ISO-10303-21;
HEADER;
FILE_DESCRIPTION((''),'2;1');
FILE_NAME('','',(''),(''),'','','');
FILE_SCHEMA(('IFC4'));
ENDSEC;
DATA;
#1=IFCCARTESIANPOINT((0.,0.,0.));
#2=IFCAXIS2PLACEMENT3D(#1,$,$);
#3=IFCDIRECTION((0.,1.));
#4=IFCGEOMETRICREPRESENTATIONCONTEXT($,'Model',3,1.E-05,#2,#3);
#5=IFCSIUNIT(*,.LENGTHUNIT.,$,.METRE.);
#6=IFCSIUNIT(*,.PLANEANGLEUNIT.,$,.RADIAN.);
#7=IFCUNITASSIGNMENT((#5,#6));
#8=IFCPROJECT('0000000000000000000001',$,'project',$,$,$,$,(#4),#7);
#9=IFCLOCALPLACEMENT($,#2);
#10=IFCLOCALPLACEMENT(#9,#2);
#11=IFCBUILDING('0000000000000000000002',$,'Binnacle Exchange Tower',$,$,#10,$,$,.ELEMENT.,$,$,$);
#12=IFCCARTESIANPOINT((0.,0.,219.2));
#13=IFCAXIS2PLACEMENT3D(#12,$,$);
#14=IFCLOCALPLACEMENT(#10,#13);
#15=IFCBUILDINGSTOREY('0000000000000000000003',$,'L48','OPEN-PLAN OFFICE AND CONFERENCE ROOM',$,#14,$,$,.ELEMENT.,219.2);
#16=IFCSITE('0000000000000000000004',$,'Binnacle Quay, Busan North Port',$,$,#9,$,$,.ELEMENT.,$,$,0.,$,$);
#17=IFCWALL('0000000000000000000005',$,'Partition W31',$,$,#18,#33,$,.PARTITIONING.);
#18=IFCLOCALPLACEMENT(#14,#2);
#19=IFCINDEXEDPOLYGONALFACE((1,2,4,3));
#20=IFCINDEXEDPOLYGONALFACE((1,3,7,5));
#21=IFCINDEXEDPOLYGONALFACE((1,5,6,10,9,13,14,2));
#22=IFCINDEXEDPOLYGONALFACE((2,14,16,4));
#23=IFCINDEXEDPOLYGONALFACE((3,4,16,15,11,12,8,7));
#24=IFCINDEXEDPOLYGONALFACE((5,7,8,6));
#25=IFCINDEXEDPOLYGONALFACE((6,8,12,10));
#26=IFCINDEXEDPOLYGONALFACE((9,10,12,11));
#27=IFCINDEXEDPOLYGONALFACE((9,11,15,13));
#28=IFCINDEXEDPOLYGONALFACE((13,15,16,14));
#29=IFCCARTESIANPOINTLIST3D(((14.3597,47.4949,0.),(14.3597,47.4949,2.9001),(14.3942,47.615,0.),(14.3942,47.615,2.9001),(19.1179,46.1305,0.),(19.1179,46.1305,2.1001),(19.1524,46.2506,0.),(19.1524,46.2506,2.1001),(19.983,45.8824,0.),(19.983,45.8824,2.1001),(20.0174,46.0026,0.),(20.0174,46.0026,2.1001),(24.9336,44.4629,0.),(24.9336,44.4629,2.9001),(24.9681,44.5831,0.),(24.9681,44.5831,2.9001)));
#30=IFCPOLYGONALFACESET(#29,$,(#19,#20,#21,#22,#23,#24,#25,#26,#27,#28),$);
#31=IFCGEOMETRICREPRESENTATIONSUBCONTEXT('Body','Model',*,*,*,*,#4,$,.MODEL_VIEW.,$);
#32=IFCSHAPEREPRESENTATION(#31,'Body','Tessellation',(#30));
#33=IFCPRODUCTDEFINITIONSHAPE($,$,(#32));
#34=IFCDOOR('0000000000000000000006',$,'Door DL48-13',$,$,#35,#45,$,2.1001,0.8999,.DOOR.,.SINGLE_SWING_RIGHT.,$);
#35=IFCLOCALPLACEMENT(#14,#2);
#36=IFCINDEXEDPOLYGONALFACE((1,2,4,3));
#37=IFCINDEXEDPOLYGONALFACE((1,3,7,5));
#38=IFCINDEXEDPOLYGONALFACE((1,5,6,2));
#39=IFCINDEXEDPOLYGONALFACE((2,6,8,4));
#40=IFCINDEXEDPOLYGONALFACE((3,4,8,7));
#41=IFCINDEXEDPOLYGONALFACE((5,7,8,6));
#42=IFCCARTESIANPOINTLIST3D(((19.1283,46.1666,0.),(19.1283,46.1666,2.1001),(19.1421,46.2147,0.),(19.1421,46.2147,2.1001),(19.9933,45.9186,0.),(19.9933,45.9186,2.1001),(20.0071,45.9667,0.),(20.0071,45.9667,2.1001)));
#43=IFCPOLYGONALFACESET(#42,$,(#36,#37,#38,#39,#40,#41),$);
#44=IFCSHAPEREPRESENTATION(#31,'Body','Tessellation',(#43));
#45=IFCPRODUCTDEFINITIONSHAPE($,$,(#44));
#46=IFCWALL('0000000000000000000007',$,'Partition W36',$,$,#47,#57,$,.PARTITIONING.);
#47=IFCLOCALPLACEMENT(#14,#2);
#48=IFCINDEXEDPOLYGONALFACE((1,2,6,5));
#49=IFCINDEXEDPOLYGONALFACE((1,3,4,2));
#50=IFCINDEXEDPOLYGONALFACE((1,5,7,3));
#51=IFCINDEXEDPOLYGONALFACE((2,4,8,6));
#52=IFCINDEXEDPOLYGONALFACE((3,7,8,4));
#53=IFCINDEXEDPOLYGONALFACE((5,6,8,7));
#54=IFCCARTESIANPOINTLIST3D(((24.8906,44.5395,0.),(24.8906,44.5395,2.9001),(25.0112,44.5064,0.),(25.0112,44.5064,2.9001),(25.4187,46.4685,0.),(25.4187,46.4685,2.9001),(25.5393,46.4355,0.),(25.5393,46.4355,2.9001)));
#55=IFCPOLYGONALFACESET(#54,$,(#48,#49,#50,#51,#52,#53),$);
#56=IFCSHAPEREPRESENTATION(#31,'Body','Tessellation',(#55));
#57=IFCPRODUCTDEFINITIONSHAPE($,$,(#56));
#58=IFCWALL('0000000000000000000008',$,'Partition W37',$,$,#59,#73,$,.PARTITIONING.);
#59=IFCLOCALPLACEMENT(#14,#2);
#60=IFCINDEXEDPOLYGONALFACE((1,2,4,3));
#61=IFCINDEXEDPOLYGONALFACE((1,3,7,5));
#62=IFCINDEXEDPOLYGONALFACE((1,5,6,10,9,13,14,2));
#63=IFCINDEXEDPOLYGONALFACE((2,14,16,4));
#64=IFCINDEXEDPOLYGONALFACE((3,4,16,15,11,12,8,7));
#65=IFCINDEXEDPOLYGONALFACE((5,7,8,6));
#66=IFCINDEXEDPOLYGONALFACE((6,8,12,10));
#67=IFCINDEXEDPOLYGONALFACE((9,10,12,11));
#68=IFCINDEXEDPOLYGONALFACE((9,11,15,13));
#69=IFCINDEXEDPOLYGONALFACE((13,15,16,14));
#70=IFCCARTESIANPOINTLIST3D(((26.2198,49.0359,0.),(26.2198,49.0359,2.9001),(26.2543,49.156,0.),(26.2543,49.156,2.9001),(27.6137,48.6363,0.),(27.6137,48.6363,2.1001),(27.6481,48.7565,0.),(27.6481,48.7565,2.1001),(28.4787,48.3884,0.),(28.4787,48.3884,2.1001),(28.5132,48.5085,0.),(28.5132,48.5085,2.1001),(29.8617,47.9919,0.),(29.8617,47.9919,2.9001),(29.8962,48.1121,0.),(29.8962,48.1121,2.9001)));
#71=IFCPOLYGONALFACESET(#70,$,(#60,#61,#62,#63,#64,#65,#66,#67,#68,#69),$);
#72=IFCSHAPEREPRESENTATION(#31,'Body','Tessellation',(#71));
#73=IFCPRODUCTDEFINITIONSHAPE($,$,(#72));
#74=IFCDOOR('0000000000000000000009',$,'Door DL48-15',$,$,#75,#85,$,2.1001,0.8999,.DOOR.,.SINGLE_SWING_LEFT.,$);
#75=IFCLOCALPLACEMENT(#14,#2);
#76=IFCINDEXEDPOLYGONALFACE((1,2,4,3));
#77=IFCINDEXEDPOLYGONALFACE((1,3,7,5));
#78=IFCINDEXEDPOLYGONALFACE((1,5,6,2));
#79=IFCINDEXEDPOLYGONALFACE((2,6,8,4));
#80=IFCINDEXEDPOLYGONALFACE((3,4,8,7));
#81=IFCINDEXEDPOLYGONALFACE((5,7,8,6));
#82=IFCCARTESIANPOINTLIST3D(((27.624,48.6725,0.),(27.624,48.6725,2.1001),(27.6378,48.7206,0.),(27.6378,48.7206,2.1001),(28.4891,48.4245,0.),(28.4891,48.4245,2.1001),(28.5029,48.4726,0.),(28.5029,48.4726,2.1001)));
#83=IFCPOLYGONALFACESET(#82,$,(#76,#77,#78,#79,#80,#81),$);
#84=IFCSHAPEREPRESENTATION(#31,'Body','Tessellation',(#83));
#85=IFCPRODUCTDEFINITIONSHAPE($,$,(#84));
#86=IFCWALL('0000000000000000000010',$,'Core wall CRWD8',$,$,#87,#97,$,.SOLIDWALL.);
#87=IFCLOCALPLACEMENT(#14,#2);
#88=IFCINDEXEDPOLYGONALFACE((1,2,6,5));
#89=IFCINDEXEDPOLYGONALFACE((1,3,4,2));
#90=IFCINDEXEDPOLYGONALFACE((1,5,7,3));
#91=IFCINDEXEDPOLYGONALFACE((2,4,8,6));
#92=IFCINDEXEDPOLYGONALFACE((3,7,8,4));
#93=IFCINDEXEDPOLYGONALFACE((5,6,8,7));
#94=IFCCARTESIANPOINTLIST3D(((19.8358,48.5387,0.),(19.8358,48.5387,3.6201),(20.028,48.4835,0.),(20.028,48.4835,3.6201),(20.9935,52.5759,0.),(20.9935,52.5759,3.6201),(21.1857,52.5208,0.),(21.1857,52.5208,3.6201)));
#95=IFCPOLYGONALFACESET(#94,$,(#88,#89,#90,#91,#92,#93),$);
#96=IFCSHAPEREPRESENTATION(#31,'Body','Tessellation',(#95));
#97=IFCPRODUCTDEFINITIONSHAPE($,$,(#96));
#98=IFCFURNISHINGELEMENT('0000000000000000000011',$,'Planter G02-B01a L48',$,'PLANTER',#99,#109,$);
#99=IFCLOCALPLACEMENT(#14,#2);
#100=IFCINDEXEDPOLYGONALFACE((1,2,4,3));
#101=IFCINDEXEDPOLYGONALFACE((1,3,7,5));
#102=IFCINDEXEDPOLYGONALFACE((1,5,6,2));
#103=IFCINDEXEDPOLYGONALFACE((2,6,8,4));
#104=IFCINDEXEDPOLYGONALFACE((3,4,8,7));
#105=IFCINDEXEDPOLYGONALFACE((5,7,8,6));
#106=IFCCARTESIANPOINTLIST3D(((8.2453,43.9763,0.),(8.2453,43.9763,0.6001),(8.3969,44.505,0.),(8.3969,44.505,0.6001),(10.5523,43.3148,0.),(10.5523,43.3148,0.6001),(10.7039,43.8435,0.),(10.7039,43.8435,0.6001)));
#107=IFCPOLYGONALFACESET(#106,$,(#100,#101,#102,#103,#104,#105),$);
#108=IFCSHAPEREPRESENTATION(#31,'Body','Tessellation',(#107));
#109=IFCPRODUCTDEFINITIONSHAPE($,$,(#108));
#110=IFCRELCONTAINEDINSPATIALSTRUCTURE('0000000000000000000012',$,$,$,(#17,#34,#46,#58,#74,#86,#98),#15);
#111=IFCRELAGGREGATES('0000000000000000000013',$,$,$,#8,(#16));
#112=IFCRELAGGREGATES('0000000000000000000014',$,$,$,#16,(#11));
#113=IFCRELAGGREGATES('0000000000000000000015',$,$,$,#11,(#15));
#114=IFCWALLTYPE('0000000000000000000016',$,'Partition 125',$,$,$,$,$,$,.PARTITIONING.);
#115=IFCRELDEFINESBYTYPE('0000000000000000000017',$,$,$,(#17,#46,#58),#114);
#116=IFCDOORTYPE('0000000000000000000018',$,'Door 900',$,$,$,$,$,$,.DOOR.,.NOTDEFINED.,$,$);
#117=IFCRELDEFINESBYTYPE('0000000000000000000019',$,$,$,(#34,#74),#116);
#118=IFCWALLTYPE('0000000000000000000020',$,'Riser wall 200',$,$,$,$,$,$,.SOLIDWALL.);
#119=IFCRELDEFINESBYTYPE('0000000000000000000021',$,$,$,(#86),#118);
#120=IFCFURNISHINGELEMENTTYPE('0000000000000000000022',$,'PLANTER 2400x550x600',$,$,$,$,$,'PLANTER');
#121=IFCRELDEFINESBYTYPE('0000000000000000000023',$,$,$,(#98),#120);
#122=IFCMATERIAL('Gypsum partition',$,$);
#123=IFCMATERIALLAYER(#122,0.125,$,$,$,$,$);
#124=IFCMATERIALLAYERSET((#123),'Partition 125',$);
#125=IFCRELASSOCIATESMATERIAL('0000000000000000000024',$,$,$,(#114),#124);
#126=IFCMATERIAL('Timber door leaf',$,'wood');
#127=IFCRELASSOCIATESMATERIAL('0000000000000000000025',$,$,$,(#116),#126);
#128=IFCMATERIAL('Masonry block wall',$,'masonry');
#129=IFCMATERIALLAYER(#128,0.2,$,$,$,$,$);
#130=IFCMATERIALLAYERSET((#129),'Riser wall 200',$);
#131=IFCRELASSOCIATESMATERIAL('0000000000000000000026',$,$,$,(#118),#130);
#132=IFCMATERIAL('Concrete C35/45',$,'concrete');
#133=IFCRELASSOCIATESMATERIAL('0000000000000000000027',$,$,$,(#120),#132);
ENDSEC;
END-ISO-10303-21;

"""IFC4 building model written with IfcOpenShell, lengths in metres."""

from ifc_helpers import new_model, si_unit, direction, frame, frame_2d, origin, origin_2d, place, context, subcontext, project, spatial, rectangle, extrude, material, layer, layer_set, type_object, element, fill, save


model = new_model("IFC4")

# Units and contexts
model_context = context("Model", 3, precision=1e-05, world=origin(), true_north=direction((0.0, 1.0)))
body_context = subcontext(model_context, "Body", "Model", "MODEL_VIEW")
ifc_project = project(units=[si_unit("LENGTHUNIT", "METRE"), si_unit("PLANEANGLEUNIT", "RADIAN")], contexts=[model_context])

# Site, building, storey
site_placement = place(None, origin())
site = spatial("IfcSite", under=ifc_project, at=site_placement, Name="Binnacle Quay, Busan North Port", CompositionType="ELEMENT", RefElevation=0.0)
building_placement = place(site_placement, origin())
building = spatial("IfcBuilding", under=site, at=building_placement, Name="Binnacle Exchange Tower", CompositionType="ELEMENT")
storey_placement = place(building_placement, frame((0.0, 0.0, 219.2)))
storey = spatial("IfcBuildingStorey", under=building, at=storey_placement, Name="L48", Description="OPEN-PLAN OFFICE AND CONFERENCE ROOM", CompositionType="ELEMENT", Elevation=219.2)

# Shared definitions
ifc_material_1 = material(Name="Gypsum partition")
ifc_layer_1 = layer(ifc_material_1, 0.125)
ifc_layer_set_1 = layer_set([ifc_layer_1], Name="Partition 125")
wall_type_1 = type_object("IfcWallType", Name="Partition 125", PredefinedType="PARTITIONING", material=ifc_layer_set_1)

# Wall, opening, door
wall_1_placement = place(storey_placement, frame((14.377, 47.5549, 0.0), z_axis=(0.0, 0.0, 1.0), x_axis=(0.961263, -0.275633, 0.0)))
wall_1 = element("IfcWall", 1, at=wall_1_placement, inside=storey, type_object=wall_type_1, Name="Partition W31", PredefinedType="PARTITIONING", context=body_context, shape_type="SweptSolid", body=[
    extrude(rectangle(XDim=11.0, YDim=0.125, at=frame_2d((5.5, 0.0))), origin(), (0.0, 0.0, 1.0), 2.9001),
])
opening_1_placement = place(wall_1_placement, frame((4.95, 0.0, 0.0)))
opening_1 = element("IfcOpeningElement", 2, at=opening_1_placement, cuts=wall_1, PredefinedType="OPENING", context=body_context, shape_type="SweptSolid", body=[
    extrude(rectangle(XDim=0.8999, YDim=2.1001, at=frame_2d((0.45, 1.05))), frame((0.0, 0.0725, 0.0), z_axis=(0.0, -1.0, 0.0), x_axis=(1.0, 0.0, 0.0)), (0.0, 0.0, 1.0), 0.145),
])
ifc_material_2 = material(Name="Timber door leaf", Category="wood")
door_type_1 = type_object("IfcDoorType", Name="Door 900", OperationType="NOTDEFINED", PredefinedType="DOOR", material=ifc_material_2)
door_1_placement = place(opening_1_placement, frame((0.8999, 0.0, 0.0), z_axis=(0.0, 0.0, 1.0), x_axis=(-1.0, 0.0, 0.0)))
door_1 = element("IfcDoor", 3, at=door_1_placement, inside=storey, type_object=door_type_1, Name="Door DL48-13", OperationType="SINGLE_SWING_RIGHT", OverallHeight=2.1001, OverallWidth=0.8999, PredefinedType="DOOR", context=body_context, shape_type="SweptSolid", body=[
    extrude(rectangle(XDim=0.8999, YDim=2.1001, at=frame_2d((0.45, 1.05))), frame((0.0, 0.0249, 0.0), z_axis=(0.0, -1.0, 0.0), x_axis=(1.0, 0.0, 0.0)), (0.0, 0.0, 1.0), 0.05),
])
fill(opening_1, door_1)

# Wall
wall_2_placement = place(storey_placement, frame((24.9509, 44.5229, 0.0), z_axis=(0.0, 0.0, 1.0), x_axis=(0.264047, 0.96451, 0.0)))
element("IfcWall", 4, at=wall_2_placement, inside=storey, type_object=wall_type_1, Name="Partition W36", PredefinedType="PARTITIONING", context=body_context, shape_type="SweptSolid", body=[
    extrude(rectangle(XDim=2.0, YDim=0.125, at=frame_2d((1.0, 0.0))), origin(), (0.0, 0.0, 1.0), 2.9001),
])

# Wall, opening, door
wall_3_placement = place(storey_placement, frame((26.2371, 49.0959, 0.0), z_axis=(0.0, 0.0, 1.0), x_axis=(0.961285, -0.275555, 0.0)))
wall_3 = element("IfcWall", 5, at=wall_3_placement, inside=storey, type_object=wall_type_1, Name="Partition W37", PredefinedType="PARTITIONING", context=body_context, shape_type="SweptSolid", body=[
    extrude(rectangle(XDim=3.7886, YDim=0.125, at=frame_2d((1.8943, 0.0))), origin(), (0.0, 0.0, 1.0), 2.9001),
])
opening_2_placement = place(wall_3_placement, frame((1.45, 0.0, 0.0)))
opening_2 = element("IfcOpeningElement", 6, at=opening_2_placement, cuts=wall_3, PredefinedType="OPENING", context=body_context, shape_type="SweptSolid", body=[
    extrude(rectangle(XDim=0.8999, YDim=2.1001, at=frame_2d((0.45, 1.05))), frame((0.0, 0.0725, 0.0), z_axis=(0.0, -1.0, 0.0), x_axis=(1.0, 0.0, 0.0)), (0.0, 0.0, 1.0), 0.145),
])
door_2_placement = place(opening_2_placement, frame((0.8999, 0.0, 0.0), z_axis=(0.0, 0.0, 1.0), x_axis=(-1.0, 0.0, 0.0)))
door_2 = element("IfcDoor", 7, at=door_2_placement, inside=storey, type_object=door_type_1, Name="Door DL48-15", OperationType="SINGLE_SWING_LEFT", OverallHeight=2.1001, OverallWidth=0.8999, PredefinedType="DOOR", context=body_context, shape_type="SweptSolid", body=[
    extrude(rectangle(XDim=0.8999, YDim=2.1001, at=frame_2d((0.45, 1.05))), frame((0.0, 0.0249, 0.0), z_axis=(0.0, -1.0, 0.0), x_axis=(1.0, 0.0, 0.0)), (0.0, 0.0, 1.0), 0.05),
])
fill(opening_2, door_2)

# Wall
ifc_material_3 = material(Name="Masonry block wall", Category="masonry")
ifc_layer_2 = layer(ifc_material_3, 0.2)
ifc_layer_set_2 = layer_set([ifc_layer_2], Name="Riser wall 200")
wall_type_2 = type_object("IfcWallType", Name="Riser wall 200", PredefinedType="SOLIDWALL", material=ifc_layer_set_2)
wall_4_placement = place(storey_placement, frame((19.9319, 48.511, 0.0), z_axis=(0.0, 0.0, 1.0), x_axis=(0.275642, 0.96126, 0.0)))
element("IfcWall", 8, at=wall_4_placement, inside=storey, type_object=wall_type_2, Name="Core wall CRWD8", PredefinedType="SOLIDWALL", context=body_context, shape_type="SweptSolid", body=[
    extrude(rectangle(XDim=4.2, YDim=0.2, at=frame_2d((2.1001, 0.0))), origin(), (0.0, 0.0, 1.0), 3.6201),
])

# Furnishing element
ifc_material_4 = material(Name="Concrete C35/45", Category="concrete")
furnishing_element_type = type_object("IfcFurnishingElementType", Name="PLANTER 2400x550x600", ElementType="PLANTER", material=ifc_material_4)
furnishing_placement = place(storey_placement, frame((9.4746, 43.9099, 0.0), z_axis=(0.0, 0.0, 1.0), x_axis=(0.961262, -0.275637, 0.0)))
element("IfcFurnishingElement", 9, at=furnishing_placement, inside=storey, type_object=furnishing_element_type, Name="Planter G02-B01a L48", ObjectType="PLANTER", context=body_context, shape_type="SweptSolid", body=[
    extrude(rectangle(XDim=2.3999, YDim=0.55, at=origin_2d()), origin(), (0.0, 0.0, 1.0), 0.6001),
])

save(model, "model.ifc")
